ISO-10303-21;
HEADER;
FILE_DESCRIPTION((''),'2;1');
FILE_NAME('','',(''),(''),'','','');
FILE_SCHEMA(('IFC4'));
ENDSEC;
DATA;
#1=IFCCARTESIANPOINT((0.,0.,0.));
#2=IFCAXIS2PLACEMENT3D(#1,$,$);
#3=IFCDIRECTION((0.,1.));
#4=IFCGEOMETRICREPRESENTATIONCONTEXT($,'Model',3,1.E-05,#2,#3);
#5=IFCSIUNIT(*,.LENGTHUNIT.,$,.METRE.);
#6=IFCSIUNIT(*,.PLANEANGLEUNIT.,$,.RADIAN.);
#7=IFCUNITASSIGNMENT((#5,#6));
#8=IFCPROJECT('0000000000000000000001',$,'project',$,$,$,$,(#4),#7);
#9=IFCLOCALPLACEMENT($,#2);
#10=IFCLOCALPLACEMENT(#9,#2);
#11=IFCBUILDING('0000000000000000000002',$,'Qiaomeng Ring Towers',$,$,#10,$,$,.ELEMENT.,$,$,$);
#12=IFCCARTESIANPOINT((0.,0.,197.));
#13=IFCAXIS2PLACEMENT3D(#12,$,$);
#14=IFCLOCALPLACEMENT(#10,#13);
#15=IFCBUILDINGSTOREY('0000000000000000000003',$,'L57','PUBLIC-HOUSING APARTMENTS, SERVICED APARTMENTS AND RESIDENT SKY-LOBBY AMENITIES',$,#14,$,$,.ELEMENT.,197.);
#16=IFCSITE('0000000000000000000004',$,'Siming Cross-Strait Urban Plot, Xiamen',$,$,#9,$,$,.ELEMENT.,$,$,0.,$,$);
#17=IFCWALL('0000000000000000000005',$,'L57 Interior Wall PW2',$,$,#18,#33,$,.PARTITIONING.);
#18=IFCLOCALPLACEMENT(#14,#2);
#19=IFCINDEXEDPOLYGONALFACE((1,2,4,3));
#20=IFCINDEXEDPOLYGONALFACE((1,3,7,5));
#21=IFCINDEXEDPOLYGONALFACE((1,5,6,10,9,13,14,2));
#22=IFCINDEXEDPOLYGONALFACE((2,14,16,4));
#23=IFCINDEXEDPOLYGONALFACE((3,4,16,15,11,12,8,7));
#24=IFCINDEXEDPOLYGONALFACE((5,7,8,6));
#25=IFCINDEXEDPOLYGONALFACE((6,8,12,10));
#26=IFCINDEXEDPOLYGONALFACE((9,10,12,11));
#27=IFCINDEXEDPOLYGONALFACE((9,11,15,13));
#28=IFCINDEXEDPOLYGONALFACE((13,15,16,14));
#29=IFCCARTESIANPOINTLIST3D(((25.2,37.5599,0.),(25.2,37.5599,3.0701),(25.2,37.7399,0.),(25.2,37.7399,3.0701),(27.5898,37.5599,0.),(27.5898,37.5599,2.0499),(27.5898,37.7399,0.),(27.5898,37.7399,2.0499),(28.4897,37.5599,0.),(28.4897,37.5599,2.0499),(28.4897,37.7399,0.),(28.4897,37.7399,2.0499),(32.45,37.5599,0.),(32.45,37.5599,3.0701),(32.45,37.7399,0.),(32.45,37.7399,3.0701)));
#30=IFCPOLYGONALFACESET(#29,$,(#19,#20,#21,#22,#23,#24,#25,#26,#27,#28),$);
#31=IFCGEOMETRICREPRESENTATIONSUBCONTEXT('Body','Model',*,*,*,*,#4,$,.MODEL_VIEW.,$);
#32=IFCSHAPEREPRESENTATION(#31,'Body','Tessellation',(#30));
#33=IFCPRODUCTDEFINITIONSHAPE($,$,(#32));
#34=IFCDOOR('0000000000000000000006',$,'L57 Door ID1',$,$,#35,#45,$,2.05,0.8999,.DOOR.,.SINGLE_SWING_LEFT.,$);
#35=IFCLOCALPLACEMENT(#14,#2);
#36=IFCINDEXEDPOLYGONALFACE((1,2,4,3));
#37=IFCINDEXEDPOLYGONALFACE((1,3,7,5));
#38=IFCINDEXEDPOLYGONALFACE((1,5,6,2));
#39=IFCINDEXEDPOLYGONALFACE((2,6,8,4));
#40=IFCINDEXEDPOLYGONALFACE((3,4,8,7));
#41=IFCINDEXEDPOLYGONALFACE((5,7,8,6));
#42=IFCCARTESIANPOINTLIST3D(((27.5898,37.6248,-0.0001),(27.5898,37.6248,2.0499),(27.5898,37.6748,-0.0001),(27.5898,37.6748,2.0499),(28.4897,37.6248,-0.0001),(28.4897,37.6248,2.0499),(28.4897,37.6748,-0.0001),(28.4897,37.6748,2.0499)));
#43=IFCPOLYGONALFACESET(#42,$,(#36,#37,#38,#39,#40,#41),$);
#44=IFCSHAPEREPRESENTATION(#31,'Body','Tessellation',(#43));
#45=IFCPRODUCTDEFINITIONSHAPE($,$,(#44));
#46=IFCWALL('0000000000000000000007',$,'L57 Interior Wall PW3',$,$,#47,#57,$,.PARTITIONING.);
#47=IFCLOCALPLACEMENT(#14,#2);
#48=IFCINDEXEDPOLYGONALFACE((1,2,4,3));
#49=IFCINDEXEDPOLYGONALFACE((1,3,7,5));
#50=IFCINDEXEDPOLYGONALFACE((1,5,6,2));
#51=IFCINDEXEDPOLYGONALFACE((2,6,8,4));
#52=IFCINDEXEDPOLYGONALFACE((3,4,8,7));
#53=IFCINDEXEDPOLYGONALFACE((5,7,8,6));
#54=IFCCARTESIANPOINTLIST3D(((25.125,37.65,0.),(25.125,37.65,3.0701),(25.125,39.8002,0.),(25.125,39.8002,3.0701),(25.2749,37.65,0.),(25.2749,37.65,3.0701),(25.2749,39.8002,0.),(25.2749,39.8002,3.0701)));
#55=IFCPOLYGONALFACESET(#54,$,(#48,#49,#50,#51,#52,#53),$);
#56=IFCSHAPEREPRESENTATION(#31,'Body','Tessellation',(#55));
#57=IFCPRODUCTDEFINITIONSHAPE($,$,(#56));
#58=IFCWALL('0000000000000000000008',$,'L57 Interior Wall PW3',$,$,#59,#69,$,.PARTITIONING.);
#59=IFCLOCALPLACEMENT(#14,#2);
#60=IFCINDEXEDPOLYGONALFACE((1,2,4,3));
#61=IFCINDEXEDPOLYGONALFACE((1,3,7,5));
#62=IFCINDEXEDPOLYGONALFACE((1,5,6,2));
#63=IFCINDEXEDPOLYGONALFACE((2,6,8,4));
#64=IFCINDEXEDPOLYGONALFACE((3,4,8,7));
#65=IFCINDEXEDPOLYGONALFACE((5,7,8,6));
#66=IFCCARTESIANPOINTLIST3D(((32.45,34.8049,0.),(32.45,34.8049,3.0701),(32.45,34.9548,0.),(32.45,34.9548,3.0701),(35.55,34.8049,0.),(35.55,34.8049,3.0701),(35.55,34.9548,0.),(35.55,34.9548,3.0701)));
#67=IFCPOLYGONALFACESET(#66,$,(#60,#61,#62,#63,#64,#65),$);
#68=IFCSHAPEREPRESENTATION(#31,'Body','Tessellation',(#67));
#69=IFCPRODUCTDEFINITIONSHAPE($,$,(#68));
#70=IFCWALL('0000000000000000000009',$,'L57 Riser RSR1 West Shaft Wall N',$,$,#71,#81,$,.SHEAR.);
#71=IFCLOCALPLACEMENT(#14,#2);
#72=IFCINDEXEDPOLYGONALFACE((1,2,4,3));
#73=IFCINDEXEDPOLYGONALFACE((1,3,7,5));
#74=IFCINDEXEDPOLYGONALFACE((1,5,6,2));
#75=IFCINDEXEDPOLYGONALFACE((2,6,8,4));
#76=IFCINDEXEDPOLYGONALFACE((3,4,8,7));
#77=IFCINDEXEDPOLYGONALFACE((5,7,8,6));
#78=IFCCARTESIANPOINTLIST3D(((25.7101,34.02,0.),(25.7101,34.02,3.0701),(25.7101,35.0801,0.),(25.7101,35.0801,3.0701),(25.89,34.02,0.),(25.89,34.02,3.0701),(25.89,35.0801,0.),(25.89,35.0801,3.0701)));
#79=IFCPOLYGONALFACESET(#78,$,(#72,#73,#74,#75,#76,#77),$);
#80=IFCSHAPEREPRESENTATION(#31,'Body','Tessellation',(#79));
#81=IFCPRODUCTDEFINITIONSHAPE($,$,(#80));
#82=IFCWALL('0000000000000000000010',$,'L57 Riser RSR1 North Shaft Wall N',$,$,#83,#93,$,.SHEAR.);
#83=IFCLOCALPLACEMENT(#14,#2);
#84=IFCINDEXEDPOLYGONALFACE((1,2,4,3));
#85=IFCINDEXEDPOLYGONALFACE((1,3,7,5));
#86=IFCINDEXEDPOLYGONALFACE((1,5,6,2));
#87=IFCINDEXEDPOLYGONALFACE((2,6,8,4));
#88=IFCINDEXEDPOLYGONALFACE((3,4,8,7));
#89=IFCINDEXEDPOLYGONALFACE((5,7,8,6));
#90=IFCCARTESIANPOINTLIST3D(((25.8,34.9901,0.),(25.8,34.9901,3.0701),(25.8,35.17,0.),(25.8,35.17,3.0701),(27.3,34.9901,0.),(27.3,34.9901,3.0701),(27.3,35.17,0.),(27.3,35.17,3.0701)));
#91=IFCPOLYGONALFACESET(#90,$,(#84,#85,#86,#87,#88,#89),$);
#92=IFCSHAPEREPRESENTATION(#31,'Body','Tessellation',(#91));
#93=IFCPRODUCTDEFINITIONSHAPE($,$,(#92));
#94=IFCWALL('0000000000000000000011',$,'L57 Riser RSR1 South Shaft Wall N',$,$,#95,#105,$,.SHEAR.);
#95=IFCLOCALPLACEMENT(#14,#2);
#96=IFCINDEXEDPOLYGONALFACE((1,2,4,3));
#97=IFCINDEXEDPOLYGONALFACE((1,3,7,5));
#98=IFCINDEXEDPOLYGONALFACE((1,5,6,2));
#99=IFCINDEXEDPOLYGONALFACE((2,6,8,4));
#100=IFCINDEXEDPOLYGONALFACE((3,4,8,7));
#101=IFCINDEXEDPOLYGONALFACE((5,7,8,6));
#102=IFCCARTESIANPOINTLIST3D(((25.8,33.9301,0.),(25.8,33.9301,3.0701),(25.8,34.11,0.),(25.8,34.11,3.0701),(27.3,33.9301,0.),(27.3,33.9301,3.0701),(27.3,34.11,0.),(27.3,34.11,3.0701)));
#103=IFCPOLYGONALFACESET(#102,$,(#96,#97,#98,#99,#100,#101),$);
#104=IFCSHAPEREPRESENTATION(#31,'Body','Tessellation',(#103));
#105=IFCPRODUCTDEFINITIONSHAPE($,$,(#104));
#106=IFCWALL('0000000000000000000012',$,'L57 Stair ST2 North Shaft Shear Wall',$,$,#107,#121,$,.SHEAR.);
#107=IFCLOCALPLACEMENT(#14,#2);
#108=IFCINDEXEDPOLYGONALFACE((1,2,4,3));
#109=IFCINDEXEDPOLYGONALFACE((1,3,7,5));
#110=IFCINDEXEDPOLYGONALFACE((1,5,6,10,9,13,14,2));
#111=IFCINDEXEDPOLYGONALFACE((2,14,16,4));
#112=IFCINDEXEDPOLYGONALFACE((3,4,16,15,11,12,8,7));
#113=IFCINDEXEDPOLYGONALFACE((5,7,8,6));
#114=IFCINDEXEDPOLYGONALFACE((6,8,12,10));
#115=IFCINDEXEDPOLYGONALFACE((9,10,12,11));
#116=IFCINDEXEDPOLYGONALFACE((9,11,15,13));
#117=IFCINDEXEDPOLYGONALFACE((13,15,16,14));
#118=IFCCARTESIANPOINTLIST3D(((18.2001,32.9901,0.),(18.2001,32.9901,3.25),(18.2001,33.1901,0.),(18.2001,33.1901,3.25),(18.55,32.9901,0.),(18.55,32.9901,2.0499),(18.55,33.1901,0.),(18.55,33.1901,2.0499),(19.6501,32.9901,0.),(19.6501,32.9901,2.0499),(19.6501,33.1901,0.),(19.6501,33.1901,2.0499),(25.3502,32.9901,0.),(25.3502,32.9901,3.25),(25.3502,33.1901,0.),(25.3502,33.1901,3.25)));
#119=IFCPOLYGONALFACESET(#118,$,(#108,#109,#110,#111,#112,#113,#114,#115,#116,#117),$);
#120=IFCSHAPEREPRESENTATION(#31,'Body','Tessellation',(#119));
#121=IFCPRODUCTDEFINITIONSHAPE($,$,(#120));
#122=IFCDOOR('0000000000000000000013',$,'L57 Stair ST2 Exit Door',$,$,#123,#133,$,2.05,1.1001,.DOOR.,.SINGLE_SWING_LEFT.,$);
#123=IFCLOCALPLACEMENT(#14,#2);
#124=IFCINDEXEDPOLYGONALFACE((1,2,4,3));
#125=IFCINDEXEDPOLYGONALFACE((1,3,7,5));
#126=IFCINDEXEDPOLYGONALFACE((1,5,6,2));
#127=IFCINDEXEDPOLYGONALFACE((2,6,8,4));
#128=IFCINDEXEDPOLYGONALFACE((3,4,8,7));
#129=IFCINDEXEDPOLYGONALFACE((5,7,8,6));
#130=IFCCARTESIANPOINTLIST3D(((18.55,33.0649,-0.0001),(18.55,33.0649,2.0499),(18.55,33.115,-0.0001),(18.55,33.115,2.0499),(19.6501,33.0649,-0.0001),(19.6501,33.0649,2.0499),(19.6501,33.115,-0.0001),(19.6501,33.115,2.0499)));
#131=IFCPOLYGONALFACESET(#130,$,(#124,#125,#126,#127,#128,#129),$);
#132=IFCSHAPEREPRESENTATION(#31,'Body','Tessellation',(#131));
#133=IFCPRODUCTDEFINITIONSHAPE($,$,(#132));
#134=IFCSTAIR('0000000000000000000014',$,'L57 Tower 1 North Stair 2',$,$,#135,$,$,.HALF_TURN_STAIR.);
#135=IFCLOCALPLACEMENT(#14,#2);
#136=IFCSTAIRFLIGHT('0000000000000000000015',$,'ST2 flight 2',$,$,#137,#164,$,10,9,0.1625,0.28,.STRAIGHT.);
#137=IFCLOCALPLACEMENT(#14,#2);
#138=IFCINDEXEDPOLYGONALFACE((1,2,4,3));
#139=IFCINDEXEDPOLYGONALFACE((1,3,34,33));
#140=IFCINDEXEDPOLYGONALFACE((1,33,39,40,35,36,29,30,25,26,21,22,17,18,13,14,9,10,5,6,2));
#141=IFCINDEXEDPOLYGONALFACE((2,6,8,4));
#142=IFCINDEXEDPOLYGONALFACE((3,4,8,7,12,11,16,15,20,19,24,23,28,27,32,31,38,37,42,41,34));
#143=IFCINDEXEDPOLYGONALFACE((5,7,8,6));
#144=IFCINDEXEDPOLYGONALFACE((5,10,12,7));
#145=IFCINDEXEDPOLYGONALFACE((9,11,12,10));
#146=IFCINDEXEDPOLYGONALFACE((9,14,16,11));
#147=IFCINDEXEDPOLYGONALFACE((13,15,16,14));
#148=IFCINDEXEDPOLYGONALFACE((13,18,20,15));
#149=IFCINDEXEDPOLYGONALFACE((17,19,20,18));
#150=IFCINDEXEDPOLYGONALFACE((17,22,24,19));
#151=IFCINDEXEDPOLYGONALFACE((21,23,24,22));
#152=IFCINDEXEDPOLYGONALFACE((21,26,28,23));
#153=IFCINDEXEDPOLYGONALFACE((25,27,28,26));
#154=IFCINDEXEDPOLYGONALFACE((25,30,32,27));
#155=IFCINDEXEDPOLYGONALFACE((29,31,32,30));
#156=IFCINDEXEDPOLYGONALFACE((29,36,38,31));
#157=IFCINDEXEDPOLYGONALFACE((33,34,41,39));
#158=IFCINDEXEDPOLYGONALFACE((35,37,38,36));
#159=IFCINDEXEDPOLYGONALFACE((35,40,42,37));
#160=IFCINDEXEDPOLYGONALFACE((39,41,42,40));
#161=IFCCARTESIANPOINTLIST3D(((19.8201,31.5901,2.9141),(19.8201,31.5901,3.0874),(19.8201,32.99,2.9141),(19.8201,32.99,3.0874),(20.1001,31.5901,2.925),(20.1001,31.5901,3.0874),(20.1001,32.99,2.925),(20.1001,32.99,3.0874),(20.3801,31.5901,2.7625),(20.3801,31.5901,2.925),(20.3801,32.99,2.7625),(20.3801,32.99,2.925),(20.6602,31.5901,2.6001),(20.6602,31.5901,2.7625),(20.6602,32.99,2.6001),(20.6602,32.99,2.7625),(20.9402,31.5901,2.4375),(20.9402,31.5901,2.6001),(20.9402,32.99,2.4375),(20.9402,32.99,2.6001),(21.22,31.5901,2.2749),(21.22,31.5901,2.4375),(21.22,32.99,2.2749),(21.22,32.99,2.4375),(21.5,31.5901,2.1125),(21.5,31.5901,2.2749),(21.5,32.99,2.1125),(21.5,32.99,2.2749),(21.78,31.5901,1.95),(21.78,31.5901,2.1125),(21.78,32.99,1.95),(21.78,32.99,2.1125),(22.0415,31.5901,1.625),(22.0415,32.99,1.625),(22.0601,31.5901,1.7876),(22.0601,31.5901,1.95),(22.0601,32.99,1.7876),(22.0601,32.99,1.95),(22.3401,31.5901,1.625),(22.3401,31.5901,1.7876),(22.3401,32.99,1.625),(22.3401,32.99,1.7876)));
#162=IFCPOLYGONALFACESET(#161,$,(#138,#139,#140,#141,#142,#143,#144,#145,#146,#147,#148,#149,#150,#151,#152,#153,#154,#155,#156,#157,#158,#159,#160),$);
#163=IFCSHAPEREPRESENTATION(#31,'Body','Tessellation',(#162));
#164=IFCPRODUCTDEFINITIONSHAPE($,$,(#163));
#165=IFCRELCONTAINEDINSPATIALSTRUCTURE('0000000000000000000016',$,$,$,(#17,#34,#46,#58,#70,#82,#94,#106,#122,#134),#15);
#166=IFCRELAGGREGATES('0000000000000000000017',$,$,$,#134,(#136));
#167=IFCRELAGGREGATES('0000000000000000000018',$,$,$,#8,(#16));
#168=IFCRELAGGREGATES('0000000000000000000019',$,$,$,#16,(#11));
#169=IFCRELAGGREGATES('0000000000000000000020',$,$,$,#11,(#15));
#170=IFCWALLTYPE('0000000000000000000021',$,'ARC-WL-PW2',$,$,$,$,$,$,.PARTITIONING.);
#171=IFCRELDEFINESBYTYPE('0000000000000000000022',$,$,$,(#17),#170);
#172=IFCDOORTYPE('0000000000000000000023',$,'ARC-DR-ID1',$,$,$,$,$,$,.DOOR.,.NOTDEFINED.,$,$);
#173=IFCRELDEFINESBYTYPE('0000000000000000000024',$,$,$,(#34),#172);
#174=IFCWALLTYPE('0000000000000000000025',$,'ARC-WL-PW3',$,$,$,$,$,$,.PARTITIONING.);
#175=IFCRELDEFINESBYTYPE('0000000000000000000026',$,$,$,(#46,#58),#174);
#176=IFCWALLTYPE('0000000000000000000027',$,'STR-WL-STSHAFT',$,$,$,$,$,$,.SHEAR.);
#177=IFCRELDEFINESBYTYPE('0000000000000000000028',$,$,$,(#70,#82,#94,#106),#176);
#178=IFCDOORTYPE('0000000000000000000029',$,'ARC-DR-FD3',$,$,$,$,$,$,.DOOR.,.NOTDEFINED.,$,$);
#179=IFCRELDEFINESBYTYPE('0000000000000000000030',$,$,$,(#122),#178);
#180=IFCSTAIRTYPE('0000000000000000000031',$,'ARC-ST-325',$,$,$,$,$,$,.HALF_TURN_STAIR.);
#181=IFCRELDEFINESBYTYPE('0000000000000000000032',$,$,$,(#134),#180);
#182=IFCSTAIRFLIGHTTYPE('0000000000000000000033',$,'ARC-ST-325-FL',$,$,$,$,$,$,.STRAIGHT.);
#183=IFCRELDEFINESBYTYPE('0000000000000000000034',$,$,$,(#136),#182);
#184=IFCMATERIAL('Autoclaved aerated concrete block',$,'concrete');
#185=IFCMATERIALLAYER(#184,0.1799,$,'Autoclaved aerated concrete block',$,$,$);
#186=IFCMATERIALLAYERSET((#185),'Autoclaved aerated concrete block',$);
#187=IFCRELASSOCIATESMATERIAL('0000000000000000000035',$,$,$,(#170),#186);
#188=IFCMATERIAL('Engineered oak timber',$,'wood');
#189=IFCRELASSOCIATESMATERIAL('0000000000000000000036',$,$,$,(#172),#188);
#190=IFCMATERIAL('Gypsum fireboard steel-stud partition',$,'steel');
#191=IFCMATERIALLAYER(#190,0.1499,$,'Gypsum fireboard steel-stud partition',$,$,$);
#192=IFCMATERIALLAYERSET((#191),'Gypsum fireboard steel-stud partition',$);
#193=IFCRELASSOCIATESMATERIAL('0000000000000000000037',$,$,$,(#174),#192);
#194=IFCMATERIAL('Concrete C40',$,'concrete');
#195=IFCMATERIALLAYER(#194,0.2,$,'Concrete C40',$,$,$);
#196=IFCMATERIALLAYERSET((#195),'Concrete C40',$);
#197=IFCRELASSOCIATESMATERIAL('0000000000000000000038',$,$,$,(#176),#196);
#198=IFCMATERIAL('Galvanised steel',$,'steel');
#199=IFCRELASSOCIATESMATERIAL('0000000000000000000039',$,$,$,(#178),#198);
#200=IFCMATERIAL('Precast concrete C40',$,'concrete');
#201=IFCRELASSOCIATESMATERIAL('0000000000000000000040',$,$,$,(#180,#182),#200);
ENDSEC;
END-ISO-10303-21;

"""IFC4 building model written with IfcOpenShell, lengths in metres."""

from ifc_helpers import new_model, si_unit, direction, frame, frame_2d, origin, place, context, subcontext, project, spatial, polyline, rectangle, outline, extrude, source, transform, mapped, material, layer, layer_set, type_object, element, fill, aggregate, save


model = new_model("IFC4")

# Units and contexts
model_context = context("Model", 3, precision=1e-05, world=origin(), true_north=direction((0.0, 1.0)))
body_context = subcontext(model_context, "Body", "Model", "MODEL_VIEW")
ifc_project = project(units=[si_unit("LENGTHUNIT", "METRE"), si_unit("PLANEANGLEUNIT", "RADIAN")], contexts=[model_context])

# Site, building, storey
site_placement = place(None, origin())
site = spatial("IfcSite", under=ifc_project, at=site_placement, Name="Siming Cross-Strait Urban Plot, Xiamen", CompositionType="ELEMENT", RefElevation=0.0)
building_placement = place(site_placement, origin())
building = spatial("IfcBuilding", under=site, at=building_placement, Name="Qiaomeng Ring Towers", CompositionType="ELEMENT")
storey_placement = place(building_placement, frame((0.0, 0.0, 197.0)))
storey = spatial("IfcBuildingStorey", under=building, at=storey_placement, Name="L57", Description="PUBLIC-HOUSING APARTMENTS, SERVICED APARTMENTS AND RESIDENT SKY-LOBBY AMENITIES", CompositionType="ELEMENT", Elevation=197.0)

# Shared definitions
ifc_material_1 = material(Name="Concrete C40", Category="concrete")

# Shared definitions
ifc_material_2 = material(Name="Autoclaved aerated concrete block", Category="concrete")

# Wall, opening, door
ifc_layer_1 = layer(ifc_material_2, 0.1799, Name="Autoclaved aerated concrete block")
ifc_layer_set_1 = layer_set([ifc_layer_1], Name="Autoclaved aerated concrete block")
wall_type_1 = type_object("IfcWallType", Name="ARC-WL-PW2", PredefinedType="PARTITIONING", material=ifc_layer_set_1)
wall_1_placement = place(storey_placement, frame((25.2, 37.6499, 0.0), z_axis=(0.0, 0.0, 1.0), x_axis=(1.0, 0.0, 0.0)))
wall_1 = element("IfcWall", 1, at=wall_1_placement, inside=storey, type_object=wall_type_1, Name="L57 Interior Wall PW2", PredefinedType="PARTITIONING", context=body_context, shape_type="SweptSolid", body=[
    extrude(rectangle(XDim=7.25, YDim=0.1799, at=frame_2d((3.625, 0.0))), origin(), (0.0, 0.0, 1.0), 3.0701),
])
opening_1_placement = place(wall_1_placement, frame((2.3899, 0.0, 0.0)))
opening_1 = element("IfcOpeningElement", 2, at=opening_1_placement, cuts=wall_1, PredefinedType="OPENING", context=body_context, shape_type="SweptSolid", body=[
    extrude(rectangle(XDim=0.8999, YDim=2.05, at=frame_2d((0.45, 1.0249))), frame((0.0, 0.0999, 0.0), z_axis=(0.0, -1.0, 0.0), x_axis=(1.0, 0.0, 0.0)), (0.0, 0.0, 1.0), 0.2),
])
ifc_material_3 = material(Name="Engineered oak timber", Category="wood")
door_type_1 = type_object("IfcDoorType", Name="ARC-DR-ID1", OperationType="NOTDEFINED", PredefinedType="DOOR", material=ifc_material_3)
shared_shape_1 = source(origin(), body_context, "Body", "SweptSolid", [
    extrude(rectangle(XDim=0.8999, YDim=2.05, at=frame_2d((0.45, 1.0249))), frame((0.0, 0.0249, 0.0), z_axis=(0.0, -1.0, 0.0), x_axis=(1.0, 0.0, 0.0)), (0.0, 0.0, 1.0), 0.05),
])
door_1_placement = place(opening_1_placement, origin())
door_1 = element("IfcDoor", 3, at=door_1_placement, inside=storey, type_object=door_type_1, Name="L57 Door ID1", OperationType="SINGLE_SWING_LEFT", OverallHeight=2.05, OverallWidth=0.8999, PredefinedType="DOOR", context=body_context, shape_type="MappedRepresentation", body=[
    mapped(shared_shape_1, transform((0.0, 0.0, 0.0), x_axis=(1.0, 0.0, 0.0), y_axis=(0.0, 1.0, 0.0), z_axis=(0.0, 0.0, 1.0), scale=1.0)),
])
fill(opening_1, door_1)

# Walls
ifc_material_4 = material(Name="Gypsum fireboard steel-stud partition", Category="steel")
ifc_layer_2 = layer(ifc_material_4, 0.1499, Name="Gypsum fireboard steel-stud partition")
ifc_layer_set_2 = layer_set([ifc_layer_2], Name="Gypsum fireboard steel-stud partition")
wall_type_2 = type_object("IfcWallType", Name="ARC-WL-PW3", PredefinedType="PARTITIONING", material=ifc_layer_set_2)
wall_2_placement = place(storey_placement, frame((25.2, 37.6499, 0.0), z_axis=(0.0, 0.0, 1.0), x_axis=(0.0, 1.0, 0.0)))
element("IfcWall", 4, at=wall_2_placement, inside=storey, type_object=wall_type_2, Name="L57 Interior Wall PW3", PredefinedType="PARTITIONING", context=body_context, shape_type="SweptSolid", body=[
    extrude(rectangle(XDim=2.1501, YDim=0.1499, at=frame_2d((1.0752, 0.0))), origin(), (0.0, 0.0, 1.0), 3.0701),
])
wall_3_placement = place(storey_placement, frame((32.45, 34.8799, 0.0), z_axis=(0.0, 0.0, 1.0), x_axis=(1.0, 0.0, 0.0)))
element("IfcWall", 5, at=wall_3_placement, inside=storey, type_object=wall_type_2, Name="L57 Interior Wall PW3", PredefinedType="PARTITIONING", context=body_context, shape_type="SweptSolid", body=[
    extrude(rectangle(XDim=3.1001, YDim=0.1499, at=frame_2d((1.55, 0.0))), origin(), (0.0, 0.0, 1.0), 3.0701),
])
ifc_layer_3 = layer(ifc_material_1, 0.2, Name="Concrete C40")
ifc_layer_set_3 = layer_set([ifc_layer_3], Name="Concrete C40")
wall_type_3 = type_object("IfcWallType", Name="STR-WL-STSHAFT", PredefinedType="SHEAR", material=ifc_layer_set_3)
wall_4_placement = place(storey_placement, frame((25.8, 34.02, 0.0), z_axis=(0.0, 0.0, 1.0), x_axis=(0.0, 1.0, 0.0)))
element("IfcWall", 6, at=wall_4_placement, inside=storey, type_object=wall_type_3, Name="L57 Riser RSR1 West Shaft Wall N", PredefinedType="SHEAR", context=body_context, shape_type="SweptSolid", body=[
    extrude(rectangle(XDim=1.0601, YDim=0.1799, at=frame_2d((0.53, 0.0))), origin(), (0.0, 0.0, 1.0), 3.0701),
])
for number, where, z_axis, x_axis, name in (
    (7, (25.8, 35.0801, 0.0), (0.0, 0.0, 1.0), (1.0, 0.0, 0.0), "L57 Riser RSR1 North Shaft Wall N"),
    (8, (25.8, 34.02, 0.0), (0.0, 0.0, 1.0), (1.0, 0.0, 0.0), "L57 Riser RSR1 South Shaft Wall N"),
):
    element("IfcWall", number, at=place(storey_placement, frame(where, z_axis=z_axis, x_axis=x_axis)), inside=storey, type_object=wall_type_3, Name=name, PredefinedType="SHEAR", context=body_context, shape_type="SweptSolid", body=[
        extrude(rectangle(XDim=1.5, YDim=0.1799, at=frame_2d((0.75, 0.0))), origin(), (0.0, 0.0, 1.0), 3.0701),
    ])

# Wall, opening, door
wall_5_placement = place(storey_placement, frame((18.2, 33.0901, 0.0), z_axis=(0.0, 0.0, 1.0), x_axis=(1.0, 0.0, 0.0)))
wall_5 = element("IfcWall", 9, at=wall_5_placement, inside=storey, type_object=wall_type_3, Name="L57 Stair ST2 North Shaft Shear Wall", PredefinedType="SHEAR", context=body_context, shape_type="SweptSolid", body=[
    extrude(rectangle(XDim=7.1501, YDim=0.2, at=frame_2d((3.5752, 0.0))), origin(), (0.0, 0.0, 1.0), 3.25),
])
opening_2_placement = place(wall_5_placement, frame((0.3501, 0.0, 0.0)))
opening_2 = element("IfcOpeningElement", 10, at=opening_2_placement, cuts=wall_5, PredefinedType="OPENING", context=body_context, shape_type="SweptSolid", body=[
    extrude(rectangle(XDim=1.1001, YDim=2.05, at=frame_2d((0.55, 1.0249))), frame((0.0, 0.1099, 0.0), z_axis=(0.0, -1.0, 0.0), x_axis=(1.0, 0.0, 0.0)), (0.0, 0.0, 1.0), 0.22),
])
ifc_material_5 = material(Name="Galvanised steel", Category="steel")
door_type_2 = type_object("IfcDoorType", Name="ARC-DR-FD3", OperationType="NOTDEFINED", PredefinedType="DOOR", material=ifc_material_5)
shared_shape_2 = source(origin(), body_context, "Body", "SweptSolid", [
    extrude(rectangle(XDim=1.1001, YDim=2.05, at=frame_2d((0.55, 1.0249))), frame((0.0, 0.0249, 0.0), z_axis=(0.0, -1.0, 0.0), x_axis=(1.0, 0.0, 0.0)), (0.0, 0.0, 1.0), 0.05),
])
door_2_placement = place(opening_2_placement, origin())
door_2 = element("IfcDoor", 11, at=door_2_placement, inside=storey, type_object=door_type_2, Name="L57 Stair ST2 Exit Door", OperationType="SINGLE_SWING_LEFT", OverallHeight=2.05, OverallWidth=1.1001, PredefinedType="DOOR", context=body_context, shape_type="MappedRepresentation", body=[
    mapped(shared_shape_2, transform((0.0, 0.0, 0.0), x_axis=(1.0, 0.0, 0.0), y_axis=(0.0, 1.0, 0.0), z_axis=(0.0, 0.0, 1.0), scale=1.0)),
])
fill(opening_2, door_2)

# Stair, stair flight
ifc_material_6 = material(Name="Precast concrete C40", Category="concrete")
stair_type = type_object("IfcStairType", Name="ARC-ST-325", PredefinedType="HALF_TURN_STAIR", material=ifc_material_6)
stair_placement = place(storey_placement, origin())
stair = element("IfcStair", 12, at=stair_placement, inside=storey, type_object=stair_type, Name="L57 Tower 1 North Stair 2", PredefinedType="HALF_TURN_STAIR")
stair_flight_type = type_object("IfcStairFlightType", Name="ARC-ST-325-FL", PredefinedType="STRAIGHT", material=ifc_material_6)
shared_shape_3 = source(origin(), body_context, "Body", "SweptSolid", [
    extrude(outline(polyline([(0.0, 0.0), (0.0, 0.1626), (0.28, 0.1626), (0.28, 0.325), (0.5601, 0.325), (0.5601, 0.4875), (0.8401, 0.4875), (0.8401, 0.6499), (1.1201, 0.6499), (1.1201, 0.8125), (1.3999, 0.8125), (1.3999, 0.9751), (1.6799, 0.9751), (1.6799, 1.1375), (1.96, 1.1375), (1.96, 1.3), (2.24, 1.3), (2.24, 1.4624), (2.52, 1.4624), (2.52, 1.625), (2.52, 1.2891), (0.2986, 0.0), (0.0, 0.0)])), frame((0.0, 0.7, 0.0), z_axis=(0.0, -1.0, 0.0), x_axis=(1.0, 0.0, 0.0)), (0.0, 0.0, 1.0), 1.3999),
])
stair_flight_placement = place(storey_placement, frame((22.3401, 32.29, 1.625), z_axis=(0.0, 0.0, 1.0), x_axis=(-1.0, 0.0, 0.0)))
stair_flight = element("IfcStairFlight", 13, at=stair_flight_placement, type_object=stair_flight_type, Name="ST2 flight 2", NumberOfRisers=10, NumberOfTreads=9, PredefinedType="STRAIGHT", RiserHeight=0.1625, TreadLength=0.28, context=body_context, shape_type="MappedRepresentation", body=[
    mapped(shared_shape_3, transform((0.0, 0.0, 0.0), x_axis=(1.0, 0.0, 0.0), y_axis=(0.0, 1.0, 0.0), z_axis=(0.0, 0.0, 1.0), scale=1.0)),
])
aggregate(stair, [stair_flight])

save(model, "model.ifc")
